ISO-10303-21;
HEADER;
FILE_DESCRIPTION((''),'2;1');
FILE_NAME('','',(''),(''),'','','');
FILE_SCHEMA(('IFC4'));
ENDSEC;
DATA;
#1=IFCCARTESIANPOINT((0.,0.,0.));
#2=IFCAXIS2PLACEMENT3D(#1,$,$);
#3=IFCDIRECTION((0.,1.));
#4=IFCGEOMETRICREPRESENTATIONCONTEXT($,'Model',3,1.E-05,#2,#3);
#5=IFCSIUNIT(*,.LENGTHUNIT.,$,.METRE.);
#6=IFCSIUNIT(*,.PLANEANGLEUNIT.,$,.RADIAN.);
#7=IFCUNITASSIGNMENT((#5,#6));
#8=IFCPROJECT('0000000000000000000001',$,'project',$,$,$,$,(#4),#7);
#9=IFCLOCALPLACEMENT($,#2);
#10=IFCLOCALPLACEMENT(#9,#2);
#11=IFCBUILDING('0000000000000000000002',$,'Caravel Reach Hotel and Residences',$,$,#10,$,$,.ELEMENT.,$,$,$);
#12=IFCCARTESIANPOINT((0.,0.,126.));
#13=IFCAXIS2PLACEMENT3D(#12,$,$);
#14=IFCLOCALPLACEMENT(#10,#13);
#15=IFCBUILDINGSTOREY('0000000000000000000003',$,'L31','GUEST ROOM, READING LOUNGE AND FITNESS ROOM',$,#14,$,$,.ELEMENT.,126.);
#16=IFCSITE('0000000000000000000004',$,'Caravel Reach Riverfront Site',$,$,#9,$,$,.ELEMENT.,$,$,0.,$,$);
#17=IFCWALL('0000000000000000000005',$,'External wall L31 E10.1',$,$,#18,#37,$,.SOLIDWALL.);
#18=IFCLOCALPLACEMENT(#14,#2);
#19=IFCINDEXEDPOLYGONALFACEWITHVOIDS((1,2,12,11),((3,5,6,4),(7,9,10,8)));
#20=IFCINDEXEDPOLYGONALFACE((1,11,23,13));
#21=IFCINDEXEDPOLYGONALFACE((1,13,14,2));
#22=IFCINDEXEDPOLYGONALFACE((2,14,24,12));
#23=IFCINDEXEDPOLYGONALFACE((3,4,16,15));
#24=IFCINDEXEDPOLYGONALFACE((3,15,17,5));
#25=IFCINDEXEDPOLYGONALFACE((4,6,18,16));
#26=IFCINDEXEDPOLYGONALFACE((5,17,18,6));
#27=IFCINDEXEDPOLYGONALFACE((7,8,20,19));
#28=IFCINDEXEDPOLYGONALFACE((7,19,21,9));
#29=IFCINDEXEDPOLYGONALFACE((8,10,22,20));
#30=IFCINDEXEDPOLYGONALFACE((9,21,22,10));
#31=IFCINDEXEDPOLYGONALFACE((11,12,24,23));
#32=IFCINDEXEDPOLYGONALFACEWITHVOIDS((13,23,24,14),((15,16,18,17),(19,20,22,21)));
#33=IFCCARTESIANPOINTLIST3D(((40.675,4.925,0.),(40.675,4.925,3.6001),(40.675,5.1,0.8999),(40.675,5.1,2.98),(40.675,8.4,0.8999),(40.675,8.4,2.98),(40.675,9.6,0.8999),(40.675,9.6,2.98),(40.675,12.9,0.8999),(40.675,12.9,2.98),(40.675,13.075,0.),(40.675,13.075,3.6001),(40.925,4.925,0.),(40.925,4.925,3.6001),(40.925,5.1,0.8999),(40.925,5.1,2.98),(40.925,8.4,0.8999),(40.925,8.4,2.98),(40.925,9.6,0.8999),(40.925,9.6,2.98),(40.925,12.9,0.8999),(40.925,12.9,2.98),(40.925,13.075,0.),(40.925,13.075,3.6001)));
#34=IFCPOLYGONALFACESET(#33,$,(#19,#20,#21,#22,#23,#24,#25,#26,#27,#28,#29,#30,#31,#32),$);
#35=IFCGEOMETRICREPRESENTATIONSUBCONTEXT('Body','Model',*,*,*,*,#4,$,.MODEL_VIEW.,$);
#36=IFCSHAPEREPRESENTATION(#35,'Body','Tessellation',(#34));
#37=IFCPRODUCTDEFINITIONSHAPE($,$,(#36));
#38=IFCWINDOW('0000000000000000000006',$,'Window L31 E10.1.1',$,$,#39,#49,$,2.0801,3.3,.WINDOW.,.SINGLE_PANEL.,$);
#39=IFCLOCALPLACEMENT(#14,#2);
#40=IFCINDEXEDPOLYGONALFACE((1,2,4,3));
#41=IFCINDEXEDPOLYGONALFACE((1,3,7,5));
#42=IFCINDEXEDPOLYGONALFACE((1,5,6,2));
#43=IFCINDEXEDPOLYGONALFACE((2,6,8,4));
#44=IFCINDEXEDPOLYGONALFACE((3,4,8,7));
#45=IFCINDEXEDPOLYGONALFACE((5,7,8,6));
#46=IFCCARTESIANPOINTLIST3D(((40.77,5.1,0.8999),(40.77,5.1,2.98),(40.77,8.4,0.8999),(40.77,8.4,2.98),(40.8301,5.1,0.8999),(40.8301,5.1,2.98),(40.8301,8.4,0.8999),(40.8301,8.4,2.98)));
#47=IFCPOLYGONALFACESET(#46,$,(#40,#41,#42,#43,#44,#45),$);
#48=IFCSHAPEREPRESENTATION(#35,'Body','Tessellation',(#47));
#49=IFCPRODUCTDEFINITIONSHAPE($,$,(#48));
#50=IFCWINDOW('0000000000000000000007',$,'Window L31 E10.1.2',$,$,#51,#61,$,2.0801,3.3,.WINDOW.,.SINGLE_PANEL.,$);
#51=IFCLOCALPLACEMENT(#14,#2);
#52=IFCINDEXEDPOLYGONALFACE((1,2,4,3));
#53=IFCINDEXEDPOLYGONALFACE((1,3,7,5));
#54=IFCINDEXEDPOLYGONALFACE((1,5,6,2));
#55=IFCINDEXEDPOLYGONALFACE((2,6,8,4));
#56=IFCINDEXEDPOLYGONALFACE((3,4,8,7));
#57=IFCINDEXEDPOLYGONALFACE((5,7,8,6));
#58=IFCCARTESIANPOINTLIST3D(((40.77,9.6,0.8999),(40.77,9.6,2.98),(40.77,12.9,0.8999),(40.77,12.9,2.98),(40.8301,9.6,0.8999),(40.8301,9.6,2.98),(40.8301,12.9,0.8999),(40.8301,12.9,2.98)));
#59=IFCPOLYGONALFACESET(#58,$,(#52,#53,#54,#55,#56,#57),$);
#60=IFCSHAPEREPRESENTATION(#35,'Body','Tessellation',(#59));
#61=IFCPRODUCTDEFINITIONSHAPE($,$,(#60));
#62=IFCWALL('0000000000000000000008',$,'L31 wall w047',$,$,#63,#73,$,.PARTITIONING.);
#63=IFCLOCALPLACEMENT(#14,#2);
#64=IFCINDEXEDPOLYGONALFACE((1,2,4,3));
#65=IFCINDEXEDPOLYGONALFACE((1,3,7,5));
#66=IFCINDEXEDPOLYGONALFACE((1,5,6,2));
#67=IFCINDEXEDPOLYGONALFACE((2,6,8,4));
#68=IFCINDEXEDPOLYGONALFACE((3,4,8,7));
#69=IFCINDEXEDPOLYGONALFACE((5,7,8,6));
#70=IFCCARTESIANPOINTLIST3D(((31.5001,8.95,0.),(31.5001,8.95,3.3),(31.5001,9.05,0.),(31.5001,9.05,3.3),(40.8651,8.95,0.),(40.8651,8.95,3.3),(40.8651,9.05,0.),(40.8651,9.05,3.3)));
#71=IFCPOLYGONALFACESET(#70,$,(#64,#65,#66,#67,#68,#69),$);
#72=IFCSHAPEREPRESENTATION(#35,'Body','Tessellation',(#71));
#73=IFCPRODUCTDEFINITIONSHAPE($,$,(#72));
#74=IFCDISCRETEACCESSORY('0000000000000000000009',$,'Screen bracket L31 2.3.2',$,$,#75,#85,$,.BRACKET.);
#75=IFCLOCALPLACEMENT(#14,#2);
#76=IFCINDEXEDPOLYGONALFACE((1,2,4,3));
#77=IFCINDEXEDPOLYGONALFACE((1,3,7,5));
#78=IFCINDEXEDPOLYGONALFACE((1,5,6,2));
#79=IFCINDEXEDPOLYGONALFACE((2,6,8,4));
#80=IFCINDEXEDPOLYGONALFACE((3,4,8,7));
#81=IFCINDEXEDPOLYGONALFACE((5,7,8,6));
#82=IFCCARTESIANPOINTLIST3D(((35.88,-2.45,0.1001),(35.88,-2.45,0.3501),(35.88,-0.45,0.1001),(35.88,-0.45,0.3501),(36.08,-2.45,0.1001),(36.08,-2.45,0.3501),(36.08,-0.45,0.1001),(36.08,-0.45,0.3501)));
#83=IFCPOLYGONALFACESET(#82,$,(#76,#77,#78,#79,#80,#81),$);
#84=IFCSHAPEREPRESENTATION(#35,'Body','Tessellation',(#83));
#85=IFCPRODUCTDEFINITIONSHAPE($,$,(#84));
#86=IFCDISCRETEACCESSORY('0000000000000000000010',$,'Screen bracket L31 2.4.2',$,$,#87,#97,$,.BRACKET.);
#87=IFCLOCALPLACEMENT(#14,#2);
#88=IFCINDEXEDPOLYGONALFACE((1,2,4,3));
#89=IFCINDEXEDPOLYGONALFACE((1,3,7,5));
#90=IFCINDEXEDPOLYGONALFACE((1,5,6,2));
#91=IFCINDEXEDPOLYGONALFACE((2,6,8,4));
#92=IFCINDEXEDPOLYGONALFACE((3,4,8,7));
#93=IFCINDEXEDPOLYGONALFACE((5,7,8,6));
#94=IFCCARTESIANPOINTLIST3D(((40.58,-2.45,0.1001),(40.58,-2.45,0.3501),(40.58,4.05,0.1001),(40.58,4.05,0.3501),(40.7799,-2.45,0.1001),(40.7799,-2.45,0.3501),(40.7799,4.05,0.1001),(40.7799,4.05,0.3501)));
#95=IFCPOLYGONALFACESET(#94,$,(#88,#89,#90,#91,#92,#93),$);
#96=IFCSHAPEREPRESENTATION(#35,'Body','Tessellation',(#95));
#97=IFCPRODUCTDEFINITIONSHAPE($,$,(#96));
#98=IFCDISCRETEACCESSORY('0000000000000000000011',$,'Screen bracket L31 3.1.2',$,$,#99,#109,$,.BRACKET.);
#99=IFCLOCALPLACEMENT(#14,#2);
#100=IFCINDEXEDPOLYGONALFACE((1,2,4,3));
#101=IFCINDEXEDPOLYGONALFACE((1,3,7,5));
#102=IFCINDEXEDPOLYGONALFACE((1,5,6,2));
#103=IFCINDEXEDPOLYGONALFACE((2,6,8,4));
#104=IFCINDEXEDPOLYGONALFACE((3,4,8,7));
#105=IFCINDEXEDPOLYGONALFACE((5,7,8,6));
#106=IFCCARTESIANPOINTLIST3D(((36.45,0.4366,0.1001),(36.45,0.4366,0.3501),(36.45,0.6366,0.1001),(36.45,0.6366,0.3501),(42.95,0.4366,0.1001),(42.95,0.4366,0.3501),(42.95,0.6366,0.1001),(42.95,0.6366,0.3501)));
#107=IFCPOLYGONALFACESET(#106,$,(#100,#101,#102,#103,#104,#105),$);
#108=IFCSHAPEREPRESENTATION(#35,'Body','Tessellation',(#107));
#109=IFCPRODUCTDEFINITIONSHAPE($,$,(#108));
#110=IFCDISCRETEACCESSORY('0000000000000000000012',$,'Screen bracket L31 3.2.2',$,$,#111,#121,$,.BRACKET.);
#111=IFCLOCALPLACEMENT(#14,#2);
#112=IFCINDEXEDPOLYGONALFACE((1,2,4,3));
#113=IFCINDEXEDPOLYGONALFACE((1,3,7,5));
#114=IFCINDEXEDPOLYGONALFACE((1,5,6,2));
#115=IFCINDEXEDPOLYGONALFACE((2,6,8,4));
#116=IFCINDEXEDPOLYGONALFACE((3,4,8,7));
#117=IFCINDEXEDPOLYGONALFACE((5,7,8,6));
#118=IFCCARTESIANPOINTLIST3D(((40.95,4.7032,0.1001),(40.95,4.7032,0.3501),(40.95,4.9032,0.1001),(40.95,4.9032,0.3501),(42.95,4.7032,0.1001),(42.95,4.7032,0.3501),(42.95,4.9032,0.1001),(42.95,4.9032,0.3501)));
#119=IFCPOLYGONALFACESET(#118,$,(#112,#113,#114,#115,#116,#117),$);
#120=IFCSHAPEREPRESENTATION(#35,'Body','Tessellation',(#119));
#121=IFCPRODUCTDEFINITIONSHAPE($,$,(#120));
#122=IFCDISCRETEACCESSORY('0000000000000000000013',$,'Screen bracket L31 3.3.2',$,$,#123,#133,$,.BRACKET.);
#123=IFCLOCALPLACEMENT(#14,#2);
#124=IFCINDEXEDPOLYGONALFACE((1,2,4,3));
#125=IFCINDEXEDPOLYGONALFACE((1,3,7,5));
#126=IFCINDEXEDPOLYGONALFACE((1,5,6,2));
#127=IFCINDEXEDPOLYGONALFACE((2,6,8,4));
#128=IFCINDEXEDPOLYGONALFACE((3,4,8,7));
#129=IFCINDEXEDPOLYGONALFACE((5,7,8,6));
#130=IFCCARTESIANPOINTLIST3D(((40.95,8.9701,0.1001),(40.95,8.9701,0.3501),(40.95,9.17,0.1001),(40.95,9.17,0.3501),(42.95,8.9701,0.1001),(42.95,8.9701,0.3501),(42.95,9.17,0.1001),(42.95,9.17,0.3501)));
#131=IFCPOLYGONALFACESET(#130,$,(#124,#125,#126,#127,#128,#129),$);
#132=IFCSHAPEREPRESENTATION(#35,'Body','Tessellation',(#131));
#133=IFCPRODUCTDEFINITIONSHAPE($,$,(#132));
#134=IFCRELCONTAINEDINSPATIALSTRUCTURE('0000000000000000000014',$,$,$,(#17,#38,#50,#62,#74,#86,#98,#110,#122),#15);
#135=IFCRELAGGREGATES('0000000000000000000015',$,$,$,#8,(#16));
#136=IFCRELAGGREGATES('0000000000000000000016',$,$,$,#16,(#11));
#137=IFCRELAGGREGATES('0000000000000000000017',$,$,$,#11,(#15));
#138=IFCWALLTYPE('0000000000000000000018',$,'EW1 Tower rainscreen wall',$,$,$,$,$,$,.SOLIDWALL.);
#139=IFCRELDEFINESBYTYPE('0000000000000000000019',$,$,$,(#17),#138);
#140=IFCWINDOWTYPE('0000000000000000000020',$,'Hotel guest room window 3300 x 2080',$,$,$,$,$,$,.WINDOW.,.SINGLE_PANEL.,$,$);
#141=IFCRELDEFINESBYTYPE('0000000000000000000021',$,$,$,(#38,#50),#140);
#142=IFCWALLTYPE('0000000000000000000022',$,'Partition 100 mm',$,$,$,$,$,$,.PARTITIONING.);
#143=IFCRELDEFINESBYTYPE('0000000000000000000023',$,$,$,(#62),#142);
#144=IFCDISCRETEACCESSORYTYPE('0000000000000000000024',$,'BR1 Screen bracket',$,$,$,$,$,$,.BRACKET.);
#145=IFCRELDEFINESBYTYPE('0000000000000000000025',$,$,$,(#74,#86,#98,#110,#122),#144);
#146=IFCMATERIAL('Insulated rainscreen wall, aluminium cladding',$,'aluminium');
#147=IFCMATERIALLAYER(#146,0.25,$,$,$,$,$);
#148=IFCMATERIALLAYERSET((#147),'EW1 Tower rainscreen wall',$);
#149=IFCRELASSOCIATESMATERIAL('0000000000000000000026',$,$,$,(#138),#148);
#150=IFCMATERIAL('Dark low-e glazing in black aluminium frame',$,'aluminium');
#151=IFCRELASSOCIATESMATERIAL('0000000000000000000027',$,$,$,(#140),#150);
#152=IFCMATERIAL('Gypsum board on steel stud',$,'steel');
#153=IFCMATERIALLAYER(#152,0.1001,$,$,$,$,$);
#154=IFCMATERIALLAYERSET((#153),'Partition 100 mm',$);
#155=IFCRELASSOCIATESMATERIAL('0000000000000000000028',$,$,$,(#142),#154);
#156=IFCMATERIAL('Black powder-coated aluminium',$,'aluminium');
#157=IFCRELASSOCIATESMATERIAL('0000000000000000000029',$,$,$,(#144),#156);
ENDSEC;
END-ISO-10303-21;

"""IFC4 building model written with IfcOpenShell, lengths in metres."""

from ifc_helpers import new_model, si_unit, direction, frame, frame_2d, origin, origin_2d, place, context, subcontext, project, spatial, rectangle, extrude, material, layer, layer_set, type_object, element, fill, save


model = new_model("IFC4")

# Units and contexts
model_context = context("Model", 3, precision=1e-05, world=origin(), true_north=direction((0.0, 1.0)))
body_context = subcontext(model_context, "Body", "Model", "MODEL_VIEW")
ifc_project = project(units=[si_unit("LENGTHUNIT", "METRE"), si_unit("PLANEANGLEUNIT", "RADIAN")], contexts=[model_context])

# Site, building, storey
site_placement = place(None, origin())
site = spatial("IfcSite", under=ifc_project, at=site_placement, Name="Caravel Reach Riverfront Site", CompositionType="ELEMENT", RefElevation=0.0)
building_placement = place(site_placement, origin())
building = spatial("IfcBuilding", under=site, at=building_placement, Name="Caravel Reach Hotel and Residences", CompositionType="ELEMENT")
storey_placement = place(building_placement, frame((0.0, 0.0, 126.0)))
storey = spatial("IfcBuildingStorey", under=building, at=storey_placement, Name="L31", Description="GUEST ROOM, READING LOUNGE AND FITNESS ROOM", CompositionType="ELEMENT", Elevation=126.0)

# Shared definitions
ifc_material_1 = material(Name="Insulated rainscreen wall, aluminium cladding", Category="aluminium")
ifc_layer_1 = layer(ifc_material_1, 0.25)
ifc_layer_set_1 = layer_set([ifc_layer_1], Name="EW1 Tower rainscreen wall")
wall_type_1 = type_object("IfcWallType", Name="EW1 Tower rainscreen wall", PredefinedType="SOLIDWALL", material=ifc_layer_set_1)

# Wall, openings, windows
wall_1_placement = place(storey_placement, frame((40.8, 4.925, 0.0), z_axis=(0.0, 0.0, 1.0), x_axis=(0.0, 1.0, 0.0)))
wall_1 = element("IfcWall", 1, at=wall_1_placement, inside=storey, type_object=wall_type_1, Name="External wall L31 E10.1", PredefinedType="SOLIDWALL", context=body_context, shape_type="SweptSolid", body=[
    extrude(rectangle(XDim=8.1499, YDim=0.25, at=frame_2d((4.075, 0.0))), origin(), (0.0, 0.0, 1.0), 3.6001),
])
opening_1_placement = place(wall_1_placement, frame((0.175, 0.0, 0.8999)))
opening_1 = element("IfcOpeningElement", 2, at=opening_1_placement, cuts=wall_1, PredefinedType="OPENING", context=body_context, shape_type="SweptSolid", body=[
    extrude(rectangle(XDim=3.3, YDim=2.0801, at=frame_2d((1.6499, 1.04))), frame((0.0, 0.135, 0.0), z_axis=(0.0, -1.0, 0.0), x_axis=(1.0, 0.0, 0.0)), (0.0, 0.0, 1.0), 0.27),
])
opening_2_placement = place(wall_1_placement, frame((4.675, 0.0, 0.8999)))
opening_2 = element("IfcOpeningElement", 3, at=opening_2_placement, cuts=wall_1, PredefinedType="OPENING", context=body_context, shape_type="SweptSolid", body=[
    extrude(rectangle(XDim=3.3, YDim=2.0801, at=frame_2d((1.6499, 1.04))), frame((0.0, 0.135, 0.0), z_axis=(0.0, -1.0, 0.0), x_axis=(1.0, 0.0, 0.0)), (0.0, 0.0, 1.0), 0.27),
])
ifc_material_2 = material(Name="Dark low-e glazing in black aluminium frame", Category="aluminium")
window_type_1 = type_object("IfcWindowType", Name="Hotel guest room window 3300 x 2080", PartitioningType="SINGLE_PANEL", PredefinedType="WINDOW", material=ifc_material_2)
window_1_placement = place(opening_1_placement, origin())
window_1 = element("IfcWindow", 4, at=window_1_placement, inside=storey, type_object=window_type_1, Name="Window L31 E10.1.1", OverallHeight=2.0801, OverallWidth=3.3, PartitioningType="SINGLE_PANEL", PredefinedType="WINDOW", context=body_context, shape_type="SweptSolid", body=[
    extrude(rectangle(XDim=3.3, YDim=2.0801, at=frame_2d((1.6499, 1.04))), frame((0.0, 0.03, 0.0), z_axis=(0.0, -1.0, 0.0), x_axis=(1.0, 0.0, 0.0)), (0.0, 0.0, 1.0), 0.0601),
])
fill(opening_1, window_1)
window_2_placement = place(opening_2_placement, origin())
window_2 = element("IfcWindow", 5, at=window_2_placement, inside=storey, type_object=window_type_1, Name="Window L31 E10.1.2", OverallHeight=2.0801, OverallWidth=3.3, PartitioningType="SINGLE_PANEL", PredefinedType="WINDOW", context=body_context, shape_type="SweptSolid", body=[
    extrude(rectangle(XDim=3.3, YDim=2.0801, at=frame_2d((1.6499, 1.04))), frame((0.0, 0.03, 0.0), z_axis=(0.0, -1.0, 0.0), x_axis=(1.0, 0.0, 0.0)), (0.0, 0.0, 1.0), 0.0601),
])
fill(opening_2, window_2)

# Wall
ifc_material_3 = material(Name="Gypsum board on steel stud", Category="steel")
ifc_layer_2 = layer(ifc_material_3, 0.1001)
ifc_layer_set_2 = layer_set([ifc_layer_2], Name="Partition 100 mm")
wall_type_2 = type_object("IfcWallType", Name="Partition 100 mm", PredefinedType="PARTITIONING", material=ifc_layer_set_2)
wall_2_placement = place(storey_placement, frame((31.5, 9.0, 0.0), z_axis=(0.0, 0.0, 1.0), x_axis=(1.0, 0.0, 0.0)))
element("IfcWall", 6, at=wall_2_placement, inside=storey, type_object=wall_type_2, Name="L31 wall w047", PredefinedType="PARTITIONING", context=body_context, shape_type="SweptSolid", body=[
    extrude(rectangle(XDim=9.365, YDim=0.1001, at=frame_2d((4.6826, 0.0))), origin(), (0.0, 0.0, 1.0), 3.3),
])

# Discrete accessories
ifc_material_4 = material(Name="Black powder-coated aluminium", Category="aluminium")
discrete_accessory_type = type_object("IfcDiscreteAccessoryType", Name="BR1 Screen bracket", PredefinedType="BRACKET", material=ifc_material_4)
discrete_accessory_placement = place(storey_placement, frame((35.98, -1.45, 0.1001), z_axis=(0.0, 0.0, 1.0), x_axis=(0.0, -1.0, 0.0)))
element("IfcDiscreteAccessory", 7, at=discrete_accessory_placement, inside=storey, type_object=discrete_accessory_type, Name="Screen bracket L31 2.3.2", PredefinedType="BRACKET", context=body_context, shape_type="SweptSolid", body=[
    extrude(rectangle(XDim=2.0, YDim=0.2, at=origin_2d()), origin(), (0.0, 0.0, 1.0), 0.25),
])
for number, where, z_axis, x_axis, name in (
    (8, (40.6799, 0.8, 0.1001), (0.0, 0.0, 1.0), (0.0, -1.0, 0.0), "Screen bracket L31 2.4.2"),
    (9, (39.7, 0.5366, 0.1001), (0.0, 0.0, 1.0), (1.0, 0.0, 0.0), "Screen bracket L31 3.1.2"),
):
    element("IfcDiscreteAccessory", number, at=place(storey_placement, frame(where, z_axis=z_axis, x_axis=x_axis)), inside=storey, type_object=discrete_accessory_type, Name=name, PredefinedType="BRACKET", context=body_context, shape_type="SweptSolid", body=[
        extrude(rectangle(XDim=6.5, YDim=0.2, at=origin_2d()), origin(), (0.0, 0.0, 1.0), 0.25),
    ])
for number, where, z_axis, x_axis, name in (
    (10, (41.95, 4.8032, 0.1001), (0.0, 0.0, 1.0), (1.0, 0.0, 0.0), "Screen bracket L31 3.2.2"),
    (11, (41.95, 9.0701, 0.1001), (0.0, 0.0, 1.0), (1.0, 0.0, 0.0), "Screen bracket L31 3.3.2"),
):
    element("IfcDiscreteAccessory", number, at=place(storey_placement, frame(where, z_axis=z_axis, x_axis=x_axis)), inside=storey, type_object=discrete_accessory_type, Name=name, PredefinedType="BRACKET", context=body_context, shape_type="SweptSolid", body=[
        extrude(rectangle(XDim=2.0, YDim=0.2, at=origin_2d()), origin(), (0.0, 0.0, 1.0), 0.25),
    ])

save(model, "model.ifc")
